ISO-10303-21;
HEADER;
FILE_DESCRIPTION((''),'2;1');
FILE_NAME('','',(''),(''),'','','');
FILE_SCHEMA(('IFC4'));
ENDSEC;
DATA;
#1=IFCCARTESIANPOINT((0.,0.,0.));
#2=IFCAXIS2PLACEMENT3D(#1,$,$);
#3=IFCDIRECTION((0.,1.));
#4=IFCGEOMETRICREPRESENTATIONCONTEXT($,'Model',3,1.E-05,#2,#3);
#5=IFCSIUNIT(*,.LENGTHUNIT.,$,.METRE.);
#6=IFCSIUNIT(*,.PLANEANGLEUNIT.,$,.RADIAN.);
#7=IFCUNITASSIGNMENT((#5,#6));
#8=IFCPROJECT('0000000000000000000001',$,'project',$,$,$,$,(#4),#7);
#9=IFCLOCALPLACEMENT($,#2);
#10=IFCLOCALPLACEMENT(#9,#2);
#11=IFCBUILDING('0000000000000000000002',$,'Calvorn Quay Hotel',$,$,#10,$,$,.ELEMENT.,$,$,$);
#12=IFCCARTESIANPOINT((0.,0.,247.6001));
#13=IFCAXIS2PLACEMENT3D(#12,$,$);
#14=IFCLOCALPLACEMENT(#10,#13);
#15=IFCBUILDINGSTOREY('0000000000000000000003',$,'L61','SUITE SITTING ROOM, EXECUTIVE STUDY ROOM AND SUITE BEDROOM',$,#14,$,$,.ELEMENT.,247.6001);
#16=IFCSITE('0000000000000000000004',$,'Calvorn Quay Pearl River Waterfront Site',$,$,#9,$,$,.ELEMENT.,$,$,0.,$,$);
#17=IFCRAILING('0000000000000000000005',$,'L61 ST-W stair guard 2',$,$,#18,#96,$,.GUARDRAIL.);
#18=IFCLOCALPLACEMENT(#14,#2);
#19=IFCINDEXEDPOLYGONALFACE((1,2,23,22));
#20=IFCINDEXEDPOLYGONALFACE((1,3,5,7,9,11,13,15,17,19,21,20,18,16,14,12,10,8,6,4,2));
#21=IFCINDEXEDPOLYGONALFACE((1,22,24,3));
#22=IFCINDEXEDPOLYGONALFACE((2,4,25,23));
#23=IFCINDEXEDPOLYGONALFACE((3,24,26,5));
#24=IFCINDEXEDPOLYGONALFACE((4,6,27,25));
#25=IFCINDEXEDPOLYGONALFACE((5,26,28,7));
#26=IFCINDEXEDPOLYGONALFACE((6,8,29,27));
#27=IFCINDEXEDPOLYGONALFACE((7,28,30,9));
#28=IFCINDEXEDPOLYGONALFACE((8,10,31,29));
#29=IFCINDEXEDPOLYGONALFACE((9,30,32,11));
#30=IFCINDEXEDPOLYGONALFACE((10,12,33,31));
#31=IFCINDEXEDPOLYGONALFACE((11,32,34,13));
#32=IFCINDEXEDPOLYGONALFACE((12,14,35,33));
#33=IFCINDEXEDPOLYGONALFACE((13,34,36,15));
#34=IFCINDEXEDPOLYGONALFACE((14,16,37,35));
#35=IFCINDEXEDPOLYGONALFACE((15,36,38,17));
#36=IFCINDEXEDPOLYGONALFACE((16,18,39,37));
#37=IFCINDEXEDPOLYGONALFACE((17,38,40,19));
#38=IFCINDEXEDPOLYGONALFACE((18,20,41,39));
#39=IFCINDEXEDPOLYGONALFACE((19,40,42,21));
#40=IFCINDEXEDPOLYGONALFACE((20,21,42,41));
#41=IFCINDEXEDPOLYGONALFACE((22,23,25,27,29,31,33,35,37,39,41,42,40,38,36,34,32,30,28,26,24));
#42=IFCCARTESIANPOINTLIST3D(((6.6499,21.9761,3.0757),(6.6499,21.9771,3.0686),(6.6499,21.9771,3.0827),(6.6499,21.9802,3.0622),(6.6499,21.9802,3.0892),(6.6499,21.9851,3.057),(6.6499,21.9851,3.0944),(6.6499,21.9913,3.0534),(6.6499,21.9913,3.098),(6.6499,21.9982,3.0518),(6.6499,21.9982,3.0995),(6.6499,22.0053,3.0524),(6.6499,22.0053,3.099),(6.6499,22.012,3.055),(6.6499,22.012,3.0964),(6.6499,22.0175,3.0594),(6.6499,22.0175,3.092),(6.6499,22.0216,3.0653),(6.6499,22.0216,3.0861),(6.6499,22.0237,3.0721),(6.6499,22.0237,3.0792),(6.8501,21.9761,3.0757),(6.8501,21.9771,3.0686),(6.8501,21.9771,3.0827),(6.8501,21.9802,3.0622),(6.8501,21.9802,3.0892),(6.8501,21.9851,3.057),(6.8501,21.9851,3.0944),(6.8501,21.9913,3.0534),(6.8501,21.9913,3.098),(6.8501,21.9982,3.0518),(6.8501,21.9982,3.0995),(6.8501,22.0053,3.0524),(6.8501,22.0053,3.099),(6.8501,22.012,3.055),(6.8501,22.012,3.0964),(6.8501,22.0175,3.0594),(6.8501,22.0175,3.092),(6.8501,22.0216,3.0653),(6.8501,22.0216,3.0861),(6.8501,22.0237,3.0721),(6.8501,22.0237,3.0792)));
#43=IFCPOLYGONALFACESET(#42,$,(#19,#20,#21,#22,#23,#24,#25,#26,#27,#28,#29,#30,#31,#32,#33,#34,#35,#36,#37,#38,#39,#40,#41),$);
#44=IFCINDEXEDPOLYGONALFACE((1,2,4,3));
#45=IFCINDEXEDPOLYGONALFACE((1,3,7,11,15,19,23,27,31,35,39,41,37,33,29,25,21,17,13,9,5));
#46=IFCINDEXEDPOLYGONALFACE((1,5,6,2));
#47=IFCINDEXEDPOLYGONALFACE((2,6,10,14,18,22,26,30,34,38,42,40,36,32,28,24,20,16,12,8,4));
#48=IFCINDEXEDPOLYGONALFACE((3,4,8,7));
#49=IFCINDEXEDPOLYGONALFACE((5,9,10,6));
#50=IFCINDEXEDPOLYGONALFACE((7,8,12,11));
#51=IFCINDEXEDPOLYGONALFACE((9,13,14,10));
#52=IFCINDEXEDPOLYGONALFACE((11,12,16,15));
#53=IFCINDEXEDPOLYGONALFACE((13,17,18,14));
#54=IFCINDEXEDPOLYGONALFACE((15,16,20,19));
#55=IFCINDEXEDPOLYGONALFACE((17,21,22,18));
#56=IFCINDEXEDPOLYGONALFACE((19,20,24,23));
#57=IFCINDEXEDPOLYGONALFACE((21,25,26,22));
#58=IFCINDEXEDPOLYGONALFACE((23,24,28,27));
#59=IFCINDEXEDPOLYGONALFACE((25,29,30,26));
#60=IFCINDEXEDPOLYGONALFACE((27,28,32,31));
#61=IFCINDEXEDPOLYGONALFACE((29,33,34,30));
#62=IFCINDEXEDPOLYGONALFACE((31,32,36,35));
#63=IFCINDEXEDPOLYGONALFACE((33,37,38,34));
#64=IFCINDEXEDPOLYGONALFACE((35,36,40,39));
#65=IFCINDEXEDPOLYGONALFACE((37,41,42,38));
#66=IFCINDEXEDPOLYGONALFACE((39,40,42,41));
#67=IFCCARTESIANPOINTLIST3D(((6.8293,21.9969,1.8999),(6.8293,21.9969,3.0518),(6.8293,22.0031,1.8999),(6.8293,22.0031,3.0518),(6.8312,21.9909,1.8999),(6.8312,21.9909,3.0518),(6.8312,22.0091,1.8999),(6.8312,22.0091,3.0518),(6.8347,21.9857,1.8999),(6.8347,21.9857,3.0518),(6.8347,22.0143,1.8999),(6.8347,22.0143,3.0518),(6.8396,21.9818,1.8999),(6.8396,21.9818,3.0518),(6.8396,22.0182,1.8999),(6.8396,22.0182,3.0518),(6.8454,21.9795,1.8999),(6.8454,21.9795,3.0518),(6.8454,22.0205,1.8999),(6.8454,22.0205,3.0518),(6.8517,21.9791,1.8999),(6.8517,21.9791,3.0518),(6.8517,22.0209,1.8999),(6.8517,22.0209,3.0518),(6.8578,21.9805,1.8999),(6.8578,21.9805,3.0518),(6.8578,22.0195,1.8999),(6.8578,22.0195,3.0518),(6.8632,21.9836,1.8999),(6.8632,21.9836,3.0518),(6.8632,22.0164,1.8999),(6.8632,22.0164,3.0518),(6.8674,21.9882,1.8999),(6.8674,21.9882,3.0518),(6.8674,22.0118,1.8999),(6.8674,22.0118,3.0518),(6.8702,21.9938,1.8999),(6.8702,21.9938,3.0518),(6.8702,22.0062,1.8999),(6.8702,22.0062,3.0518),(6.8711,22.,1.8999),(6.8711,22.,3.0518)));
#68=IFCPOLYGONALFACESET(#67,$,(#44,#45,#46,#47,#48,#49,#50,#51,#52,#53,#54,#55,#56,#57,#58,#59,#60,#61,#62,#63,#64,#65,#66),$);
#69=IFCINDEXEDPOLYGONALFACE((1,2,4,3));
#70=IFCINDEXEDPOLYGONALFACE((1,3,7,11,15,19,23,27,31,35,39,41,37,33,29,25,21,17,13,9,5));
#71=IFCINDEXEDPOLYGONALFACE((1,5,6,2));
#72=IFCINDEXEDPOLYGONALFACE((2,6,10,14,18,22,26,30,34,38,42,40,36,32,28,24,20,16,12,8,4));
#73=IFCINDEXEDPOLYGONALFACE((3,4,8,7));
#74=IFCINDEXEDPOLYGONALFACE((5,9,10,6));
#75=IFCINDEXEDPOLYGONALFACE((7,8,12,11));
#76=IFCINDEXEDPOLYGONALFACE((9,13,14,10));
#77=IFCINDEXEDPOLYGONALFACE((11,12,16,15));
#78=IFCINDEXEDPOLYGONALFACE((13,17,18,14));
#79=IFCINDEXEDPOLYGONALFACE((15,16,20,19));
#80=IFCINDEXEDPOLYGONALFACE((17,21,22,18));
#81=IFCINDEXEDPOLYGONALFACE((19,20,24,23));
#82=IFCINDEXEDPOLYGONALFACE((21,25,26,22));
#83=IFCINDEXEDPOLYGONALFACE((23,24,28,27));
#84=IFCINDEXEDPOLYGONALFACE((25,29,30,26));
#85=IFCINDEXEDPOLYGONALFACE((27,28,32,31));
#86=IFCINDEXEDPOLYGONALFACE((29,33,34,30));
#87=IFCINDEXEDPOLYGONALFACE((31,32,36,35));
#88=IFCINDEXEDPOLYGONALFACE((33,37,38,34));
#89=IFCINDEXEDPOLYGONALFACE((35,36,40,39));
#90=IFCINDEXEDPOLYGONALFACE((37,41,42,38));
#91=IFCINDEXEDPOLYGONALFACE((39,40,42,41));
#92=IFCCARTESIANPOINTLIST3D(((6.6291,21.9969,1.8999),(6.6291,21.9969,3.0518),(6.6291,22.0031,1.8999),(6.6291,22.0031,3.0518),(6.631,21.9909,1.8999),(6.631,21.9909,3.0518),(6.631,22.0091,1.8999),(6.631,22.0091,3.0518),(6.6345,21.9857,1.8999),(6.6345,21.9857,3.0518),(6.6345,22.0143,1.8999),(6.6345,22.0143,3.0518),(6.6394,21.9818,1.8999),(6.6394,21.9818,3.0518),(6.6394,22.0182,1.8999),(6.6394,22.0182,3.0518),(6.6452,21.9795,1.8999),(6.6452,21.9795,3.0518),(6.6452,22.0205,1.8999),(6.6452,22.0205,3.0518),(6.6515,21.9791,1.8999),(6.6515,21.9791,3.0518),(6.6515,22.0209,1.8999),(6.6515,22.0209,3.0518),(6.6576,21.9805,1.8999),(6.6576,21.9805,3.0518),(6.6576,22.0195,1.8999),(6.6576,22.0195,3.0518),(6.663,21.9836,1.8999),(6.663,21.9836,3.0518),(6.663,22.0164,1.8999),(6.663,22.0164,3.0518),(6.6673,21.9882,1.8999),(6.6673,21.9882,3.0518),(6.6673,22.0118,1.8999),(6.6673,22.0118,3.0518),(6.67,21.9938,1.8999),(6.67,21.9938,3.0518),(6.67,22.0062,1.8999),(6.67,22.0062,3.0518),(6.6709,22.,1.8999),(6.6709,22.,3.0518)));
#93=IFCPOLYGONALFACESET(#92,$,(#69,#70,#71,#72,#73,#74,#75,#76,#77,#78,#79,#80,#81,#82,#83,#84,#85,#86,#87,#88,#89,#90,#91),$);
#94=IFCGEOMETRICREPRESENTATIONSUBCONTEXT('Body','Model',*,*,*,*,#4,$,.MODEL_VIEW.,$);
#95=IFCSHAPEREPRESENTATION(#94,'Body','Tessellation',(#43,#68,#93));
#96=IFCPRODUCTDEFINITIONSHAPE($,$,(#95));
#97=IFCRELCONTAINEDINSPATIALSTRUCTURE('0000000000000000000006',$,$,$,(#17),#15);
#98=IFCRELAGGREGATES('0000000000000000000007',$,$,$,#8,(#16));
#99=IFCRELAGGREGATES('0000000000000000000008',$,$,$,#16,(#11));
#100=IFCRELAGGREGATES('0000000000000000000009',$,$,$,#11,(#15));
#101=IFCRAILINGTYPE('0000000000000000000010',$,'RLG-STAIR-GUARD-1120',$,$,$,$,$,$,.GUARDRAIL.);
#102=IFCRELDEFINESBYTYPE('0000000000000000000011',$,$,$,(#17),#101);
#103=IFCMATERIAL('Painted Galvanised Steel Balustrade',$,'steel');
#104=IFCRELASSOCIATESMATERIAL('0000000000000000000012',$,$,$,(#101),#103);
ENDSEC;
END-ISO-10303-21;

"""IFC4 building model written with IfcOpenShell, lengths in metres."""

from ifc_helpers import new_model, si_unit, direction, frame, origin, origin_2d, place, context, subcontext, project, spatial, circle, extrude, material, type_object, element, save


model = new_model("IFC4")

# Units and contexts
model_context = context("Model", 3, precision=1e-05, world=origin(), true_north=direction((0.0, 1.0)))
body_context = subcontext(model_context, "Body", "Model", "MODEL_VIEW")
ifc_project = project(units=[si_unit("LENGTHUNIT", "METRE"), si_unit("PLANEANGLEUNIT", "RADIAN")], contexts=[model_context])

# Site, building, storey
site_placement = place(None, origin())
site = spatial("IfcSite", under=ifc_project, at=site_placement, Name="Calvorn Quay Pearl River Waterfront Site", CompositionType="ELEMENT", RefElevation=0.0)
building_placement = place(site_placement, origin())
building = spatial("IfcBuilding", under=site, at=building_placement, Name="Calvorn Quay Hotel", CompositionType="ELEMENT")
storey_placement = place(building_placement, frame((0.0, 0.0, 247.6001)))
storey = spatial("IfcBuildingStorey", under=building, at=storey_placement, Name="L61", Description="SUITE SITTING ROOM, EXECUTIVE STUDY ROOM AND SUITE BEDROOM", CompositionType="ELEMENT", Elevation=247.6001)

# Railing
ifc_material_1 = material(Name="Painted Galvanised Steel Balustrade", Category="steel")
railing_type_1 = type_object("IfcRailingType", Name="RLG-STAIR-GUARD-1120", PredefinedType="GUARDRAIL", material=ifc_material_1)
railing_1_placement = place(storey_placement, frame((6.8501, 22.0, 1.8999)))
element("IfcRailing", 1, at=railing_1_placement, inside=storey, type_object=railing_type_1, Name="L61 ST-W stair guard 2", PredefinedType="GUARDRAIL", context=body_context, shape_type="SweptSolid", body=[
    extrude(circle(Radius=0.0239, at=origin_2d()), frame((0.0, 0.0, 1.1758), z_axis=(-1.0, 0.0, 0.0), x_axis=(0.0, -1.0, 0.0)), (0.0, 0.0, 1.0), 0.2002),
    extrude(circle(Radius=0.021, at=origin_2d()), origin(), (0.0, 0.0, 1.0), 1.1519),
    extrude(circle(Radius=0.021, at=origin_2d()), frame((-0.2002, 0.0, 0.0)), (0.0, 0.0, 1.0), 1.1519),
])

save(model, "model.ifc")
